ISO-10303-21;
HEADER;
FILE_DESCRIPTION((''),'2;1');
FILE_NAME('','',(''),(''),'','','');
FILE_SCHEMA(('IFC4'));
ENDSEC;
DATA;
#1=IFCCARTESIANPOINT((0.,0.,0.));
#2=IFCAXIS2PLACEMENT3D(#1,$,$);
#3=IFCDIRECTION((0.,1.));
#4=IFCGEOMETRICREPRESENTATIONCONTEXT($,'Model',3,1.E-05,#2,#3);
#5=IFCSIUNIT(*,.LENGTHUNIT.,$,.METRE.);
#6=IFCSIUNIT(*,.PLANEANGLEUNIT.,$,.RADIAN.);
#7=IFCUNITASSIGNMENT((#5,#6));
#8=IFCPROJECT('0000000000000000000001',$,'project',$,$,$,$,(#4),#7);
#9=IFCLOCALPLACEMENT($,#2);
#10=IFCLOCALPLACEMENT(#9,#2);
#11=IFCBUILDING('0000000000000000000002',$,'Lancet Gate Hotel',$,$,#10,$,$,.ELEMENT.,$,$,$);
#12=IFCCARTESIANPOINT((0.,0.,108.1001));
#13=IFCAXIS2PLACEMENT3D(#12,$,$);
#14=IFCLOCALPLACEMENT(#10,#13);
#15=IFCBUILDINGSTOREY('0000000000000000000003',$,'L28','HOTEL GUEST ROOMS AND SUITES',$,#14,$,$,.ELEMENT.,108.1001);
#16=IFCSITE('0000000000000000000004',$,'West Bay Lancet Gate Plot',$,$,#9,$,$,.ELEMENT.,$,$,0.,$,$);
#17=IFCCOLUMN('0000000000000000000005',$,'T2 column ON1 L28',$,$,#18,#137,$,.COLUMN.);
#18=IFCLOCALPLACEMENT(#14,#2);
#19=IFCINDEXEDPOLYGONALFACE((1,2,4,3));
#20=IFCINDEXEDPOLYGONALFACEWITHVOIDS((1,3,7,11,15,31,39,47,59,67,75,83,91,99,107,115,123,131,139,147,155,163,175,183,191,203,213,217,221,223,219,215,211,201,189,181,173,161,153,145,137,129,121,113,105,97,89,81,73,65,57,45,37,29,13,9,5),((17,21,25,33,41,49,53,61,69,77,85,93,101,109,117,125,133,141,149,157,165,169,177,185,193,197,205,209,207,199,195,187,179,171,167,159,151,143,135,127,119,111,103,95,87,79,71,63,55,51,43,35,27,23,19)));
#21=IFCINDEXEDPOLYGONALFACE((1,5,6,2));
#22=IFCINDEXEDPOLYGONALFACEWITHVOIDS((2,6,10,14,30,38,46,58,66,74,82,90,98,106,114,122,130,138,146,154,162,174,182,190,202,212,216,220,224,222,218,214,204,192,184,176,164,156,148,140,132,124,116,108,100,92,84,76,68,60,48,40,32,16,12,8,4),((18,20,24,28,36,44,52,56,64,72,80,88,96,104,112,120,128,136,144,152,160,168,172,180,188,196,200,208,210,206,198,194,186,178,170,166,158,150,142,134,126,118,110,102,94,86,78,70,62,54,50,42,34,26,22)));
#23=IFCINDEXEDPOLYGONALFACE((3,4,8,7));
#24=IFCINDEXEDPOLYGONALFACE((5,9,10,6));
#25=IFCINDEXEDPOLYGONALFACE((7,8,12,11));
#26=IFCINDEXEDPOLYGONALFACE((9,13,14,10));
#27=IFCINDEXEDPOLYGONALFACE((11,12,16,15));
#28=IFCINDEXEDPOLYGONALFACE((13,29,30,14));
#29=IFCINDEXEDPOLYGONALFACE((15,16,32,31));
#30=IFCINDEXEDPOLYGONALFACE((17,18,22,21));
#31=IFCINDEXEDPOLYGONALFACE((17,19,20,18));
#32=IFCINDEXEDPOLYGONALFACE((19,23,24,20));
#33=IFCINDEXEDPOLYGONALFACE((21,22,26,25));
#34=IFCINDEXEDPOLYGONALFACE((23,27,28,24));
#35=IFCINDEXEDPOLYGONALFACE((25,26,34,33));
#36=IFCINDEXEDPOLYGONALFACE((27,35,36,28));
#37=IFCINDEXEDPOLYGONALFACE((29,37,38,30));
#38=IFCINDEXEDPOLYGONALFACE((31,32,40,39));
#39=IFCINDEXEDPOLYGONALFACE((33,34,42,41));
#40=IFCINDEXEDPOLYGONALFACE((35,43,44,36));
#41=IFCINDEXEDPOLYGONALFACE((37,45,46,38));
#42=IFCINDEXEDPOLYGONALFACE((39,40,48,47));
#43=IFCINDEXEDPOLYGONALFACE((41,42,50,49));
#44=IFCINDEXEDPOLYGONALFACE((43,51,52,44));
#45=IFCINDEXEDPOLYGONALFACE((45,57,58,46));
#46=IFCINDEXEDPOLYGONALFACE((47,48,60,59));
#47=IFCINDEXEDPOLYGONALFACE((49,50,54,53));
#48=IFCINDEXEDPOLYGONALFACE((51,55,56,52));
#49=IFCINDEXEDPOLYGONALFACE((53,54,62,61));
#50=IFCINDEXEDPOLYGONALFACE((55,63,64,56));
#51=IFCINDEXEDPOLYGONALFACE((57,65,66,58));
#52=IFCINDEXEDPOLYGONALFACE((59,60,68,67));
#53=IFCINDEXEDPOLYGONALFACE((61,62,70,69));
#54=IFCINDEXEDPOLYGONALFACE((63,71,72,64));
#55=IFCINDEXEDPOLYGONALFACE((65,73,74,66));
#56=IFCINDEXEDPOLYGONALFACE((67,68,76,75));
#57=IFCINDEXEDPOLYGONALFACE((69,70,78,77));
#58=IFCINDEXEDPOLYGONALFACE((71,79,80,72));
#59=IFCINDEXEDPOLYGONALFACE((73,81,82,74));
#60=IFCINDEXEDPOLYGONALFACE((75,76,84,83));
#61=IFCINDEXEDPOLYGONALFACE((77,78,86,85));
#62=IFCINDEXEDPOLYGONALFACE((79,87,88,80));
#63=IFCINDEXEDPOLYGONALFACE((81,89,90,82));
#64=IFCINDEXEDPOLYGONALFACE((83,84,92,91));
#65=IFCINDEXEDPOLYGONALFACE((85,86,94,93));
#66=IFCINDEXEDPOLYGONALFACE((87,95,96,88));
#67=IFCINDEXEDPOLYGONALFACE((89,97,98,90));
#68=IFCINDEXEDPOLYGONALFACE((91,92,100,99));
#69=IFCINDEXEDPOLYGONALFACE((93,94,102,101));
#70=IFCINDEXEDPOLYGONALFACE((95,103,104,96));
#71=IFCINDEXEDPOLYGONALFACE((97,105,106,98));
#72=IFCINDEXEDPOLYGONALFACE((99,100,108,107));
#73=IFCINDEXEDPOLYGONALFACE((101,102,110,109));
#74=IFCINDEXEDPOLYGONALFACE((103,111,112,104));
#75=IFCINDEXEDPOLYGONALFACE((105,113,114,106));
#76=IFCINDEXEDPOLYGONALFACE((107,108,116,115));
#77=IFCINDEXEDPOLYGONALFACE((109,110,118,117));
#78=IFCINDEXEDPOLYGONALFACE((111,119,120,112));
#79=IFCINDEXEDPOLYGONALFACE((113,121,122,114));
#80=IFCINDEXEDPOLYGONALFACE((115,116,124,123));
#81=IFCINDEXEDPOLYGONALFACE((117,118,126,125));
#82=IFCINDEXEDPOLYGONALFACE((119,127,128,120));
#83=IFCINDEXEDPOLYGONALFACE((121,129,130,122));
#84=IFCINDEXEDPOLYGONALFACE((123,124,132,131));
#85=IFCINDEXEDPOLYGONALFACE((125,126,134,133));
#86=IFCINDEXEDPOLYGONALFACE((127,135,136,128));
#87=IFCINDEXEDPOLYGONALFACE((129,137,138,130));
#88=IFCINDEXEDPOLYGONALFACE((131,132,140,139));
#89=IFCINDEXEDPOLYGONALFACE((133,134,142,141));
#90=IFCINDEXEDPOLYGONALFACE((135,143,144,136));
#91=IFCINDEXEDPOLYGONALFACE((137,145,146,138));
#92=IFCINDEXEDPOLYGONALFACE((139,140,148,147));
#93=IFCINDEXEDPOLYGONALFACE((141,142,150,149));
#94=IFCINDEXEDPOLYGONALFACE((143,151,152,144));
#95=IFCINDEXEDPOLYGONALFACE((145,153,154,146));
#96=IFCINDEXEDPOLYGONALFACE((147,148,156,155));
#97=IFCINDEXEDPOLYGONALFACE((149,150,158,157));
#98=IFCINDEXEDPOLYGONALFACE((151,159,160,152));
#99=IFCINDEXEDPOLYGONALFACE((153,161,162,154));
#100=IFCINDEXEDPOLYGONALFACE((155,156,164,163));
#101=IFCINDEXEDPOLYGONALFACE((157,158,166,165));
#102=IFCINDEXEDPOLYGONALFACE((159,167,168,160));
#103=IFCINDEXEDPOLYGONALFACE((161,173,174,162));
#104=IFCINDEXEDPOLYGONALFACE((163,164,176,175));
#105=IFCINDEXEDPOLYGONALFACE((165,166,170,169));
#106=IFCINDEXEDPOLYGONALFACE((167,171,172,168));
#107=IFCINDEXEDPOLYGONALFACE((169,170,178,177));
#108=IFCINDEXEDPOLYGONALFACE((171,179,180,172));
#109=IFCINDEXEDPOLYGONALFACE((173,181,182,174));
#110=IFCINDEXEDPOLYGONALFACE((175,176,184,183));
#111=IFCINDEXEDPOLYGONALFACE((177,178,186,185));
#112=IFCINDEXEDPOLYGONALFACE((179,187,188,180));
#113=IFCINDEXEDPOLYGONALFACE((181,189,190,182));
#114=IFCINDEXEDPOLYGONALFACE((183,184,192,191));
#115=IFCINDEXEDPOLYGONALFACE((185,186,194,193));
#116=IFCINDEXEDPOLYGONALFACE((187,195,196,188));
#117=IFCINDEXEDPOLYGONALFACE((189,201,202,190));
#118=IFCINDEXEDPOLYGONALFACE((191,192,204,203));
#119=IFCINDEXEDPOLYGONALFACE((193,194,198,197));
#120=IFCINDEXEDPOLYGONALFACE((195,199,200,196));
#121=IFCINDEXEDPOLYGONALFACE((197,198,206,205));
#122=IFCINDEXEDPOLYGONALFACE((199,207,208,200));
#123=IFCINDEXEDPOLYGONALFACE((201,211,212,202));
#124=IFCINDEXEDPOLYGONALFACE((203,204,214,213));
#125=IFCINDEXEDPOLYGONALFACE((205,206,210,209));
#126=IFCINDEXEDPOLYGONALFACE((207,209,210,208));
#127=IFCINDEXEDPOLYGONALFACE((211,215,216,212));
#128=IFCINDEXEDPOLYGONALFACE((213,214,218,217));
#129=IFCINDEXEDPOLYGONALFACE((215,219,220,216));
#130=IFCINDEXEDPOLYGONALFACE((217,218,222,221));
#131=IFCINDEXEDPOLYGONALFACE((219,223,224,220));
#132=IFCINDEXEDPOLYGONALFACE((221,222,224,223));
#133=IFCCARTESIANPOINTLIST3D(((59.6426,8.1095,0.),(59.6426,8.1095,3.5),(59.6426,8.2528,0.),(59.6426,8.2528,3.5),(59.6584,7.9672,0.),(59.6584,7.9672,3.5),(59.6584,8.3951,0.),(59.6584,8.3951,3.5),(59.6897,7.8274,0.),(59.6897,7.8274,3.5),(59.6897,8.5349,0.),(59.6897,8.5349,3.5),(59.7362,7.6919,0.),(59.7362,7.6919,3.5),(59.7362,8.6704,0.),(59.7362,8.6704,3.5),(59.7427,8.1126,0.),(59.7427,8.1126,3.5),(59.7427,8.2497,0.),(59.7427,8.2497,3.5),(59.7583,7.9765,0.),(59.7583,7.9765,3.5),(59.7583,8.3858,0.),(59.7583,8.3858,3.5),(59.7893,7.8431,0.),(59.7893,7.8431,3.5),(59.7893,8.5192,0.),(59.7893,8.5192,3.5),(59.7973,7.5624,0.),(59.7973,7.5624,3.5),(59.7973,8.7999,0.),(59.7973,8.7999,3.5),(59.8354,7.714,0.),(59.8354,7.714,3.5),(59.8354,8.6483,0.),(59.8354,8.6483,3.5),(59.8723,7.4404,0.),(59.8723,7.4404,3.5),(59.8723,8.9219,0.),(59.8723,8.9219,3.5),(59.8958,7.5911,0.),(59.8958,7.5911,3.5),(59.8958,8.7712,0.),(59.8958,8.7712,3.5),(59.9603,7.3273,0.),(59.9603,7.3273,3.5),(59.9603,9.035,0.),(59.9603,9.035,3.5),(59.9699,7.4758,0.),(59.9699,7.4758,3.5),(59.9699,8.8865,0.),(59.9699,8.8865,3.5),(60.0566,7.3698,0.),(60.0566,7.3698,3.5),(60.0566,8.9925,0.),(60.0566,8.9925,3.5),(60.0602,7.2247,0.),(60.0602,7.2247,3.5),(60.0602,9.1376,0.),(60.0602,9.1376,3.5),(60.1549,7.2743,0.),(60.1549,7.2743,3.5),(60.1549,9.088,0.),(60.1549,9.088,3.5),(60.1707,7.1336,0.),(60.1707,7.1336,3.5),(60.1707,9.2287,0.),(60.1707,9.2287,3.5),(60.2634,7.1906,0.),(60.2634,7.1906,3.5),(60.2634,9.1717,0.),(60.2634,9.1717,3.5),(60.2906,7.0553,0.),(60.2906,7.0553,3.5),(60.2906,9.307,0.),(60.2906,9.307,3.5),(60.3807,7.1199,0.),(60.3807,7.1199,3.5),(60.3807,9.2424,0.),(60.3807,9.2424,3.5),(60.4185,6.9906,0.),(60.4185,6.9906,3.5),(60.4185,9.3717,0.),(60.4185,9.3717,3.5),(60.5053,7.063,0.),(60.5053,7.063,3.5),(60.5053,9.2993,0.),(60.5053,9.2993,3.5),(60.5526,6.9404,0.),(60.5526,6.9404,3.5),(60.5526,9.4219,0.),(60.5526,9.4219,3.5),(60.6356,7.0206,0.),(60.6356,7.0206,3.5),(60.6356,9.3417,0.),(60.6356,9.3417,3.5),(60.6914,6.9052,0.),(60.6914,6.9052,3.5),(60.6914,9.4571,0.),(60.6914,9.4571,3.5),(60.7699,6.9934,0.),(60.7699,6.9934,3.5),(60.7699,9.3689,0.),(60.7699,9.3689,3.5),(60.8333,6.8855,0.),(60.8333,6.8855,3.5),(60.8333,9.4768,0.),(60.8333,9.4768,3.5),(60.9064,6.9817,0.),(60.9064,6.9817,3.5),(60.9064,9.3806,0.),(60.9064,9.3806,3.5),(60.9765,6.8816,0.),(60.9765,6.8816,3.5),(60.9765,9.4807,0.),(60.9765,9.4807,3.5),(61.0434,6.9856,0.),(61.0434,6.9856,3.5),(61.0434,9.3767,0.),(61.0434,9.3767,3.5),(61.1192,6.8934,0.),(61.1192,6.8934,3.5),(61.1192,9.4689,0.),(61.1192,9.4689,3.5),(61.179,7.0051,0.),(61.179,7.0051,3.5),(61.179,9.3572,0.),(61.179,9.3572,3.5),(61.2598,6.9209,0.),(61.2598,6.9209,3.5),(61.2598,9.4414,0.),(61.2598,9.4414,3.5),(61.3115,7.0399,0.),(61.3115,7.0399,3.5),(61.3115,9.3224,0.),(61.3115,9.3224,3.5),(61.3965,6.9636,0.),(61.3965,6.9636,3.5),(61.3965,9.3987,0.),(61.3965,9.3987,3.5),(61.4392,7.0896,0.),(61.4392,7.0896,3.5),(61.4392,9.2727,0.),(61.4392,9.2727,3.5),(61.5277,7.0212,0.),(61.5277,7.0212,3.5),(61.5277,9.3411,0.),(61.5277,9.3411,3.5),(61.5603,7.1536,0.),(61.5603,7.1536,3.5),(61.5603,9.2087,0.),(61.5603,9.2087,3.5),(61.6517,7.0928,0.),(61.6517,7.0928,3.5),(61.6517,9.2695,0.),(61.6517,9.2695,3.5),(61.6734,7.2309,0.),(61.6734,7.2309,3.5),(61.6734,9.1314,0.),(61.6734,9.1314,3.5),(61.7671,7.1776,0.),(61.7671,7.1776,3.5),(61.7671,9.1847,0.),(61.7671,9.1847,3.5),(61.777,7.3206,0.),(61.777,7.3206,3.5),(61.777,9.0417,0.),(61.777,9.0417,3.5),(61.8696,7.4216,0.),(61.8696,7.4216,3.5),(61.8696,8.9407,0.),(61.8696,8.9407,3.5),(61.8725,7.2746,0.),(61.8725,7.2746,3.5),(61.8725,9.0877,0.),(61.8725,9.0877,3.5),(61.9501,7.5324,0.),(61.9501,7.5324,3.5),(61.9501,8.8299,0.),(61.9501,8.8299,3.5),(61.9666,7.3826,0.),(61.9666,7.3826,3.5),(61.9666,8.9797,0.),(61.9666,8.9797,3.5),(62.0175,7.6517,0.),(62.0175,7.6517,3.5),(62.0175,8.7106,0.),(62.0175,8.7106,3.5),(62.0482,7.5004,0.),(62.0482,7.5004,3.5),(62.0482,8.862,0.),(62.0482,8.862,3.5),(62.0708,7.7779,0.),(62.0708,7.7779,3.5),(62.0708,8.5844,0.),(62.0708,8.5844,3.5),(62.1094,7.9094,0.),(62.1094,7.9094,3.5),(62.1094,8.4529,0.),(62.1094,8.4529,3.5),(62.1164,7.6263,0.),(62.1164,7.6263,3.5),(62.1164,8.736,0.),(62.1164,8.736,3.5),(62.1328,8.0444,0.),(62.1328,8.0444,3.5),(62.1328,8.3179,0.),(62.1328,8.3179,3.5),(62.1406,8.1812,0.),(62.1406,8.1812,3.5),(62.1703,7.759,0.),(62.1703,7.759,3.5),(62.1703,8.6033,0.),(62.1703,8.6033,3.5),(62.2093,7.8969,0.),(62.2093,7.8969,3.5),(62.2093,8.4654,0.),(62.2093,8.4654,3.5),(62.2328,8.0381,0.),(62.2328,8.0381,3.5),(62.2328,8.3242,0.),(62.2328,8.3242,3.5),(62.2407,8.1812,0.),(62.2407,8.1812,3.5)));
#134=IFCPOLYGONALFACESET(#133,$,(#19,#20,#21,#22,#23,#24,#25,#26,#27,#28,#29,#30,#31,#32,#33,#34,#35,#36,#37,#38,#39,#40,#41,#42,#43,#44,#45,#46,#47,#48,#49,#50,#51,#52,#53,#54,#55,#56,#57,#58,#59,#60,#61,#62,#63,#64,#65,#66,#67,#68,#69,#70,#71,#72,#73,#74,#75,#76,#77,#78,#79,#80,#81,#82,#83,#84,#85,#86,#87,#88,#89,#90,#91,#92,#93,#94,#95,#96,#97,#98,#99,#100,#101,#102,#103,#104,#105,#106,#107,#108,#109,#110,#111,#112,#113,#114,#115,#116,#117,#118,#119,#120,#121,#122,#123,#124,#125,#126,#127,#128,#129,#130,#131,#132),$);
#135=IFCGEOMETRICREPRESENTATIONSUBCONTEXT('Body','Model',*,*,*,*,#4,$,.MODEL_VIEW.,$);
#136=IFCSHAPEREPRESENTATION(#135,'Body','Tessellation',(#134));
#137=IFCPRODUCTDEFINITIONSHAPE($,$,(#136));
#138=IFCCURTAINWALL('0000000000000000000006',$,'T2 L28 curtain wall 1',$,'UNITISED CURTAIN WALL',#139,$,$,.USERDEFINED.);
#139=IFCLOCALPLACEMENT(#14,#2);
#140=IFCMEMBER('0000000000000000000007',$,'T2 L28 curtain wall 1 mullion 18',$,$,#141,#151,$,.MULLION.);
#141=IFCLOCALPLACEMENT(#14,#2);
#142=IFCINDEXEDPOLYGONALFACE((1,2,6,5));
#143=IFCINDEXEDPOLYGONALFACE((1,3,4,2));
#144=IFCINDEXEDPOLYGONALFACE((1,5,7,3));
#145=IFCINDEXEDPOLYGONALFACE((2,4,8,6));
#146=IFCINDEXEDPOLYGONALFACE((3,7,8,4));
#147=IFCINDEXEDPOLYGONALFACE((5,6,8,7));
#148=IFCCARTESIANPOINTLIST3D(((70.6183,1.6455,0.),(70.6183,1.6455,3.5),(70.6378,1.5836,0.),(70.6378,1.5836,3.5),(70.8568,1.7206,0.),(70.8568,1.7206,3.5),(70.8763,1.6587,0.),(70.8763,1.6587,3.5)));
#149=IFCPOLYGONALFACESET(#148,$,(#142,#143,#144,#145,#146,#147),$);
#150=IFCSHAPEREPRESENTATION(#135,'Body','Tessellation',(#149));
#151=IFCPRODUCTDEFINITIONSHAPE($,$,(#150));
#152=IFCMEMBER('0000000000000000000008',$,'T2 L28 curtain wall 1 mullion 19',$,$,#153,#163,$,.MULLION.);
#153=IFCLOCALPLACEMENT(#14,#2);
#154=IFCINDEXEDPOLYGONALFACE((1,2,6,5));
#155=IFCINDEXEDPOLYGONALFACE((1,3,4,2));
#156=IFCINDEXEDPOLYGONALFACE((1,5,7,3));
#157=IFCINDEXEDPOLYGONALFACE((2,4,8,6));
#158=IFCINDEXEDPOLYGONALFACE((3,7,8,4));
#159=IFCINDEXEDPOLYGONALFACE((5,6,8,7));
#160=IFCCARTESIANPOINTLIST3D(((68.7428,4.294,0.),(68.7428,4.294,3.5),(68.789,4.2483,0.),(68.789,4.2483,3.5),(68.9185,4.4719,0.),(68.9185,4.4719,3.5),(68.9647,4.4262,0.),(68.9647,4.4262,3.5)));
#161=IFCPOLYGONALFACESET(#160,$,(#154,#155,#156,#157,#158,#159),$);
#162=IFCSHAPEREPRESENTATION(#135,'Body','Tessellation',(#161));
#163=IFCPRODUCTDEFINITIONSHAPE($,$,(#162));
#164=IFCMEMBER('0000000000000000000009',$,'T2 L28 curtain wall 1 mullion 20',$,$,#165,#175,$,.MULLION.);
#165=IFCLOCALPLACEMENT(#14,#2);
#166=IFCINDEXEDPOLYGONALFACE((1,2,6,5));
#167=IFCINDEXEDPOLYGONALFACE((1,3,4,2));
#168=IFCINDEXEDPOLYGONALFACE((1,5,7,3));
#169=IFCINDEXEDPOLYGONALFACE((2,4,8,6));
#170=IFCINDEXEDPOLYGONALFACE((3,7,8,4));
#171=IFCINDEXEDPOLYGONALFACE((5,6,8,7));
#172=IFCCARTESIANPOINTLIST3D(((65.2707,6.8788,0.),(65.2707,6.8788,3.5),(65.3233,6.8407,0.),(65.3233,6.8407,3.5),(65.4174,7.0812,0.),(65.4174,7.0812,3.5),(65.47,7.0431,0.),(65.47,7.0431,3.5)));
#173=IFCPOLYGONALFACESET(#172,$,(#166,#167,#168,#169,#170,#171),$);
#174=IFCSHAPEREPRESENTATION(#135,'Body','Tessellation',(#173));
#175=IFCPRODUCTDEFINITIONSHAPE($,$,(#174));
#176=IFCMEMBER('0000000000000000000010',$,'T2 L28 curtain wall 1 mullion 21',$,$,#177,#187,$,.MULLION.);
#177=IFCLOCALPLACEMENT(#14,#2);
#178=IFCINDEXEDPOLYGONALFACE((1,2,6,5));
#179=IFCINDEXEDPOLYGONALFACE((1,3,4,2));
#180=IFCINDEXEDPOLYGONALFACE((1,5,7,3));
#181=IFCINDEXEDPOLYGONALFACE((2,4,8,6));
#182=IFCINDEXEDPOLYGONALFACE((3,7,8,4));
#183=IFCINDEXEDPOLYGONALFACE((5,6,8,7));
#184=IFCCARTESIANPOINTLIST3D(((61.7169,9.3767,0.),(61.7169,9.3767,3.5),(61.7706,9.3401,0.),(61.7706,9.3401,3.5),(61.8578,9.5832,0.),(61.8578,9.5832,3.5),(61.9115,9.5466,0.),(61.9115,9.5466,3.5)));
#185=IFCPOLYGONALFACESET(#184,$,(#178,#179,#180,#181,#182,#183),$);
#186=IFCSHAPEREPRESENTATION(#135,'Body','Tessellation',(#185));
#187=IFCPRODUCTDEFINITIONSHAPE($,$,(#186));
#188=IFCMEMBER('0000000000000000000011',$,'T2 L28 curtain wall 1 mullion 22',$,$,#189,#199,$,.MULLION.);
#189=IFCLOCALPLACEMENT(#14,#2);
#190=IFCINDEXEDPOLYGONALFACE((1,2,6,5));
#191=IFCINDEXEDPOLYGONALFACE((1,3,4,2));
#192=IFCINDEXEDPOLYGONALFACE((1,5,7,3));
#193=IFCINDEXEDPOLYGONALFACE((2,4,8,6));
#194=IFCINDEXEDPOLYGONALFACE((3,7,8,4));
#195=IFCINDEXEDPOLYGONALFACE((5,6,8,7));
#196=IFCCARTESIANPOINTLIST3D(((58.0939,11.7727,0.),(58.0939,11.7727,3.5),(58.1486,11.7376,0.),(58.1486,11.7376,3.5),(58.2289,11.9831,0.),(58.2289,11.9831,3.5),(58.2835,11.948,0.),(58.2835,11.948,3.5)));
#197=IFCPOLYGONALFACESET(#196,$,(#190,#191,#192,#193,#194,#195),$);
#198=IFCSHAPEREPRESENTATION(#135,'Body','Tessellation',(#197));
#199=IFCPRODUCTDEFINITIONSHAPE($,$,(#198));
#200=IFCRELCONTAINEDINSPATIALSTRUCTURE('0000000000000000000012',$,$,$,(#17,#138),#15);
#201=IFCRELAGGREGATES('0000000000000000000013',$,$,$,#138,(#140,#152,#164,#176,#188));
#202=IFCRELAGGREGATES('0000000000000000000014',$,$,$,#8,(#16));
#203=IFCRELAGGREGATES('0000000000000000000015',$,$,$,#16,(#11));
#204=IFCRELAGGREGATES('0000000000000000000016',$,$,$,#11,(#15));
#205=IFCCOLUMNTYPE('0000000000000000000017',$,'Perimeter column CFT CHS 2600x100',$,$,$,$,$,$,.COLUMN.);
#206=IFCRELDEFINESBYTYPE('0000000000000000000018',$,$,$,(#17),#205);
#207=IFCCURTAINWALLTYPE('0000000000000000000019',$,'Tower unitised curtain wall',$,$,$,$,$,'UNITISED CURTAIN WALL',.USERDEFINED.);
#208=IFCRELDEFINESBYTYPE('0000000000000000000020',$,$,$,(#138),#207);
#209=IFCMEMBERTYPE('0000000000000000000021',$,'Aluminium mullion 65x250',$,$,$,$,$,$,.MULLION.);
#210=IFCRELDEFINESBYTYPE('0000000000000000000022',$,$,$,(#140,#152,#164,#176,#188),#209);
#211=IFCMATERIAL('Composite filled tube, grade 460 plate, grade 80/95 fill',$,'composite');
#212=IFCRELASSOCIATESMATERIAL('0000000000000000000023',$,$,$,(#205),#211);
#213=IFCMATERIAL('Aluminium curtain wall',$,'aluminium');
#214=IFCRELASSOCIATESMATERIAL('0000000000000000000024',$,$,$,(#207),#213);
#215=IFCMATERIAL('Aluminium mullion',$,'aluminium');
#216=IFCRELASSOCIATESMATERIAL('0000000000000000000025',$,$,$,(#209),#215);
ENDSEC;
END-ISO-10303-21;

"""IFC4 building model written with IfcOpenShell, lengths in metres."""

from ifc_helpers import new_model, si_unit, direction, frame, origin, origin_2d, place, context, subcontext, project, spatial, rectangle, hollow_circle, extrude, material, material_profile, profile_set, type_object, element, aggregate, save


model = new_model("IFC4")

# Units and contexts
model_context = context("Model", 3, precision=1e-05, world=origin(), true_north=direction((0.0, 1.0)))
body_context = subcontext(model_context, "Body", "Model", "MODEL_VIEW")
ifc_project = project(units=[si_unit("LENGTHUNIT", "METRE"), si_unit("PLANEANGLEUNIT", "RADIAN")], contexts=[model_context])

# Site, building, storey
site_placement = place(None, origin())
site = spatial("IfcSite", under=ifc_project, at=site_placement, Name="West Bay Lancet Gate Plot", CompositionType="ELEMENT", RefElevation=0.0)
building_placement = place(site_placement, origin())
building = spatial("IfcBuilding", under=site, at=building_placement, Name="Lancet Gate Hotel", CompositionType="ELEMENT")
storey_placement = place(building_placement, frame((0.0, 0.0, 108.1001)))
storey = spatial("IfcBuildingStorey", under=building, at=storey_placement, Name="L28", Description="HOTEL GUEST ROOMS AND SUITES", CompositionType="ELEMENT", Elevation=108.1001)

# Column
ifc_material_1 = material(Name="Composite filled tube, grade 460 plate, grade 80/95 fill", Category="composite")
ifc_material_profile_1 = material_profile(ifc_material_1, hollow_circle(Radius=1.3, WallThickness=0.1001, at=origin_2d()), Name="CHS 2600x100")
ifc_profile_set_1 = profile_set([ifc_material_profile_1], Name="Composite filled tube, grade 460 plate, grade 80/95 fill")
column_type_1 = type_object("IfcColumnType", Name="Perimeter column CFT CHS 2600x100", PredefinedType="COLUMN", material=ifc_profile_set_1)
column_1_placement = place(storey_placement, frame((60.9407, 8.1812, 0.0), z_axis=(0.0, 0.0, 1.0), x_axis=(1.0, 0.0, 0.0)))
element("IfcColumn", 1, at=column_1_placement, inside=storey, type_object=column_type_1, Name="T2 column ON1 L28", PredefinedType="COLUMN", context=body_context, shape_type="SweptSolid", body=[
    extrude(hollow_circle(Radius=1.3, WallThickness=0.1001, at=origin_2d()), origin(), (0.0, 0.0, 1.0), 3.5),
])

# Curtain wall, members
ifc_material_2 = material(Name="Aluminium curtain wall", Category="aluminium")
curtain_wall_type = type_object("IfcCurtainWallType", Name="Tower unitised curtain wall", ElementType="UNITISED CURTAIN WALL", PredefinedType="USERDEFINED", material=ifc_material_2)
curtain_wall_placement = place(storey_placement, origin())
curtain_wall = element("IfcCurtainWall", 2, at=curtain_wall_placement, inside=storey, type_object=curtain_wall_type, Name="T2 L28 curtain wall 1", ObjectType="UNITISED CURTAIN WALL", PredefinedType="USERDEFINED")
ifc_material_3 = material(Name="Aluminium mullion", Category="aluminium")
ifc_material_profile_2 = material_profile(ifc_material_3, rectangle(XDim=0.0649, YDim=0.25, at=origin_2d()), Name="MULLION 65x250")
ifc_profile_set_2 = profile_set([ifc_material_profile_2], Name="Aluminium mullion")
member_type_1 = type_object("IfcMemberType", Name="Aluminium mullion 65x250", PredefinedType="MULLION", material=ifc_profile_set_2)
member_1_placement = place(storey_placement, frame((70.7473, 1.6521, 0.0), z_axis=(0.0, 0.0, 1.0), x_axis=(-0.300385, 0.953818, 0.0)))
member_1 = element("IfcMember", 3, at=member_1_placement, type_object=member_type_1, Name="T2 L28 curtain wall 1 mullion 18", PredefinedType="MULLION", context=body_context, shape_type="SweptSolid", body=[
    extrude(rectangle(XDim=0.0649, YDim=0.25, at=origin_2d()), origin(), (0.0, 0.0, 1.0), 3.5),
])
member_2_placement = place(storey_placement, frame((68.8538, 4.3601, 0.0), z_axis=(0.0, 0.0, 1.0), x_axis=(-0.71161, 0.702574, 0.0)))
member_2 = element("IfcMember", 4, at=member_2_placement, type_object=member_type_1, Name="T2 L28 curtain wall 1 mullion 19", PredefinedType="MULLION", context=body_context, shape_type="SweptSolid", body=[
    extrude(rectangle(XDim=0.0649, YDim=0.25, at=origin_2d()), origin(), (0.0, 0.0, 1.0), 3.5),
])
member_3_placement = place(storey_placement, frame((65.3704, 6.9609, 0.0), z_axis=(0.0, 0.0, 1.0), x_axis=(-0.809729, 0.586805, 0.0)))
member_3 = element("IfcMember", 5, at=member_3_placement, type_object=member_type_1, Name="T2 L28 curtain wall 1 mullion 20", PredefinedType="MULLION", context=body_context, shape_type="SweptSolid", body=[
    extrude(rectangle(XDim=0.0649, YDim=0.25, at=origin_2d()), origin(), (0.0, 0.0, 1.0), 3.5),
])
member_4_placement = place(storey_placement, frame((61.8142, 9.4617, 0.0), z_axis=(0.0, 0.0, 1.0), x_axis=(-0.826066, 0.563574, 0.0)))
member_4 = element("IfcMember", 6, at=member_4_placement, type_object=member_type_1, Name="T2 L28 curtain wall 1 mullion 21", PredefinedType="MULLION", context=body_context, shape_type="SweptSolid", body=[
    extrude(rectangle(XDim=0.0649, YDim=0.25, at=origin_2d()), origin(), (0.0, 0.0, 1.0), 3.5),
])
member_5_placement = place(storey_placement, frame((58.1887, 11.8604, 0.0), z_axis=(0.0, 0.0, 1.0), x_axis=(-0.841736, 0.539889, 0.0)))
member_5 = element("IfcMember", 7, at=member_5_placement, type_object=member_type_1, Name="T2 L28 curtain wall 1 mullion 22", PredefinedType="MULLION", context=body_context, shape_type="SweptSolid", body=[
    extrude(rectangle(XDim=0.0649, YDim=0.25, at=origin_2d()), origin(), (0.0, 0.0, 1.0), 3.5),
])

aggregate(curtain_wall, [member_1, member_2, member_3, member_4, member_5])

save(model, "model.ifc")
